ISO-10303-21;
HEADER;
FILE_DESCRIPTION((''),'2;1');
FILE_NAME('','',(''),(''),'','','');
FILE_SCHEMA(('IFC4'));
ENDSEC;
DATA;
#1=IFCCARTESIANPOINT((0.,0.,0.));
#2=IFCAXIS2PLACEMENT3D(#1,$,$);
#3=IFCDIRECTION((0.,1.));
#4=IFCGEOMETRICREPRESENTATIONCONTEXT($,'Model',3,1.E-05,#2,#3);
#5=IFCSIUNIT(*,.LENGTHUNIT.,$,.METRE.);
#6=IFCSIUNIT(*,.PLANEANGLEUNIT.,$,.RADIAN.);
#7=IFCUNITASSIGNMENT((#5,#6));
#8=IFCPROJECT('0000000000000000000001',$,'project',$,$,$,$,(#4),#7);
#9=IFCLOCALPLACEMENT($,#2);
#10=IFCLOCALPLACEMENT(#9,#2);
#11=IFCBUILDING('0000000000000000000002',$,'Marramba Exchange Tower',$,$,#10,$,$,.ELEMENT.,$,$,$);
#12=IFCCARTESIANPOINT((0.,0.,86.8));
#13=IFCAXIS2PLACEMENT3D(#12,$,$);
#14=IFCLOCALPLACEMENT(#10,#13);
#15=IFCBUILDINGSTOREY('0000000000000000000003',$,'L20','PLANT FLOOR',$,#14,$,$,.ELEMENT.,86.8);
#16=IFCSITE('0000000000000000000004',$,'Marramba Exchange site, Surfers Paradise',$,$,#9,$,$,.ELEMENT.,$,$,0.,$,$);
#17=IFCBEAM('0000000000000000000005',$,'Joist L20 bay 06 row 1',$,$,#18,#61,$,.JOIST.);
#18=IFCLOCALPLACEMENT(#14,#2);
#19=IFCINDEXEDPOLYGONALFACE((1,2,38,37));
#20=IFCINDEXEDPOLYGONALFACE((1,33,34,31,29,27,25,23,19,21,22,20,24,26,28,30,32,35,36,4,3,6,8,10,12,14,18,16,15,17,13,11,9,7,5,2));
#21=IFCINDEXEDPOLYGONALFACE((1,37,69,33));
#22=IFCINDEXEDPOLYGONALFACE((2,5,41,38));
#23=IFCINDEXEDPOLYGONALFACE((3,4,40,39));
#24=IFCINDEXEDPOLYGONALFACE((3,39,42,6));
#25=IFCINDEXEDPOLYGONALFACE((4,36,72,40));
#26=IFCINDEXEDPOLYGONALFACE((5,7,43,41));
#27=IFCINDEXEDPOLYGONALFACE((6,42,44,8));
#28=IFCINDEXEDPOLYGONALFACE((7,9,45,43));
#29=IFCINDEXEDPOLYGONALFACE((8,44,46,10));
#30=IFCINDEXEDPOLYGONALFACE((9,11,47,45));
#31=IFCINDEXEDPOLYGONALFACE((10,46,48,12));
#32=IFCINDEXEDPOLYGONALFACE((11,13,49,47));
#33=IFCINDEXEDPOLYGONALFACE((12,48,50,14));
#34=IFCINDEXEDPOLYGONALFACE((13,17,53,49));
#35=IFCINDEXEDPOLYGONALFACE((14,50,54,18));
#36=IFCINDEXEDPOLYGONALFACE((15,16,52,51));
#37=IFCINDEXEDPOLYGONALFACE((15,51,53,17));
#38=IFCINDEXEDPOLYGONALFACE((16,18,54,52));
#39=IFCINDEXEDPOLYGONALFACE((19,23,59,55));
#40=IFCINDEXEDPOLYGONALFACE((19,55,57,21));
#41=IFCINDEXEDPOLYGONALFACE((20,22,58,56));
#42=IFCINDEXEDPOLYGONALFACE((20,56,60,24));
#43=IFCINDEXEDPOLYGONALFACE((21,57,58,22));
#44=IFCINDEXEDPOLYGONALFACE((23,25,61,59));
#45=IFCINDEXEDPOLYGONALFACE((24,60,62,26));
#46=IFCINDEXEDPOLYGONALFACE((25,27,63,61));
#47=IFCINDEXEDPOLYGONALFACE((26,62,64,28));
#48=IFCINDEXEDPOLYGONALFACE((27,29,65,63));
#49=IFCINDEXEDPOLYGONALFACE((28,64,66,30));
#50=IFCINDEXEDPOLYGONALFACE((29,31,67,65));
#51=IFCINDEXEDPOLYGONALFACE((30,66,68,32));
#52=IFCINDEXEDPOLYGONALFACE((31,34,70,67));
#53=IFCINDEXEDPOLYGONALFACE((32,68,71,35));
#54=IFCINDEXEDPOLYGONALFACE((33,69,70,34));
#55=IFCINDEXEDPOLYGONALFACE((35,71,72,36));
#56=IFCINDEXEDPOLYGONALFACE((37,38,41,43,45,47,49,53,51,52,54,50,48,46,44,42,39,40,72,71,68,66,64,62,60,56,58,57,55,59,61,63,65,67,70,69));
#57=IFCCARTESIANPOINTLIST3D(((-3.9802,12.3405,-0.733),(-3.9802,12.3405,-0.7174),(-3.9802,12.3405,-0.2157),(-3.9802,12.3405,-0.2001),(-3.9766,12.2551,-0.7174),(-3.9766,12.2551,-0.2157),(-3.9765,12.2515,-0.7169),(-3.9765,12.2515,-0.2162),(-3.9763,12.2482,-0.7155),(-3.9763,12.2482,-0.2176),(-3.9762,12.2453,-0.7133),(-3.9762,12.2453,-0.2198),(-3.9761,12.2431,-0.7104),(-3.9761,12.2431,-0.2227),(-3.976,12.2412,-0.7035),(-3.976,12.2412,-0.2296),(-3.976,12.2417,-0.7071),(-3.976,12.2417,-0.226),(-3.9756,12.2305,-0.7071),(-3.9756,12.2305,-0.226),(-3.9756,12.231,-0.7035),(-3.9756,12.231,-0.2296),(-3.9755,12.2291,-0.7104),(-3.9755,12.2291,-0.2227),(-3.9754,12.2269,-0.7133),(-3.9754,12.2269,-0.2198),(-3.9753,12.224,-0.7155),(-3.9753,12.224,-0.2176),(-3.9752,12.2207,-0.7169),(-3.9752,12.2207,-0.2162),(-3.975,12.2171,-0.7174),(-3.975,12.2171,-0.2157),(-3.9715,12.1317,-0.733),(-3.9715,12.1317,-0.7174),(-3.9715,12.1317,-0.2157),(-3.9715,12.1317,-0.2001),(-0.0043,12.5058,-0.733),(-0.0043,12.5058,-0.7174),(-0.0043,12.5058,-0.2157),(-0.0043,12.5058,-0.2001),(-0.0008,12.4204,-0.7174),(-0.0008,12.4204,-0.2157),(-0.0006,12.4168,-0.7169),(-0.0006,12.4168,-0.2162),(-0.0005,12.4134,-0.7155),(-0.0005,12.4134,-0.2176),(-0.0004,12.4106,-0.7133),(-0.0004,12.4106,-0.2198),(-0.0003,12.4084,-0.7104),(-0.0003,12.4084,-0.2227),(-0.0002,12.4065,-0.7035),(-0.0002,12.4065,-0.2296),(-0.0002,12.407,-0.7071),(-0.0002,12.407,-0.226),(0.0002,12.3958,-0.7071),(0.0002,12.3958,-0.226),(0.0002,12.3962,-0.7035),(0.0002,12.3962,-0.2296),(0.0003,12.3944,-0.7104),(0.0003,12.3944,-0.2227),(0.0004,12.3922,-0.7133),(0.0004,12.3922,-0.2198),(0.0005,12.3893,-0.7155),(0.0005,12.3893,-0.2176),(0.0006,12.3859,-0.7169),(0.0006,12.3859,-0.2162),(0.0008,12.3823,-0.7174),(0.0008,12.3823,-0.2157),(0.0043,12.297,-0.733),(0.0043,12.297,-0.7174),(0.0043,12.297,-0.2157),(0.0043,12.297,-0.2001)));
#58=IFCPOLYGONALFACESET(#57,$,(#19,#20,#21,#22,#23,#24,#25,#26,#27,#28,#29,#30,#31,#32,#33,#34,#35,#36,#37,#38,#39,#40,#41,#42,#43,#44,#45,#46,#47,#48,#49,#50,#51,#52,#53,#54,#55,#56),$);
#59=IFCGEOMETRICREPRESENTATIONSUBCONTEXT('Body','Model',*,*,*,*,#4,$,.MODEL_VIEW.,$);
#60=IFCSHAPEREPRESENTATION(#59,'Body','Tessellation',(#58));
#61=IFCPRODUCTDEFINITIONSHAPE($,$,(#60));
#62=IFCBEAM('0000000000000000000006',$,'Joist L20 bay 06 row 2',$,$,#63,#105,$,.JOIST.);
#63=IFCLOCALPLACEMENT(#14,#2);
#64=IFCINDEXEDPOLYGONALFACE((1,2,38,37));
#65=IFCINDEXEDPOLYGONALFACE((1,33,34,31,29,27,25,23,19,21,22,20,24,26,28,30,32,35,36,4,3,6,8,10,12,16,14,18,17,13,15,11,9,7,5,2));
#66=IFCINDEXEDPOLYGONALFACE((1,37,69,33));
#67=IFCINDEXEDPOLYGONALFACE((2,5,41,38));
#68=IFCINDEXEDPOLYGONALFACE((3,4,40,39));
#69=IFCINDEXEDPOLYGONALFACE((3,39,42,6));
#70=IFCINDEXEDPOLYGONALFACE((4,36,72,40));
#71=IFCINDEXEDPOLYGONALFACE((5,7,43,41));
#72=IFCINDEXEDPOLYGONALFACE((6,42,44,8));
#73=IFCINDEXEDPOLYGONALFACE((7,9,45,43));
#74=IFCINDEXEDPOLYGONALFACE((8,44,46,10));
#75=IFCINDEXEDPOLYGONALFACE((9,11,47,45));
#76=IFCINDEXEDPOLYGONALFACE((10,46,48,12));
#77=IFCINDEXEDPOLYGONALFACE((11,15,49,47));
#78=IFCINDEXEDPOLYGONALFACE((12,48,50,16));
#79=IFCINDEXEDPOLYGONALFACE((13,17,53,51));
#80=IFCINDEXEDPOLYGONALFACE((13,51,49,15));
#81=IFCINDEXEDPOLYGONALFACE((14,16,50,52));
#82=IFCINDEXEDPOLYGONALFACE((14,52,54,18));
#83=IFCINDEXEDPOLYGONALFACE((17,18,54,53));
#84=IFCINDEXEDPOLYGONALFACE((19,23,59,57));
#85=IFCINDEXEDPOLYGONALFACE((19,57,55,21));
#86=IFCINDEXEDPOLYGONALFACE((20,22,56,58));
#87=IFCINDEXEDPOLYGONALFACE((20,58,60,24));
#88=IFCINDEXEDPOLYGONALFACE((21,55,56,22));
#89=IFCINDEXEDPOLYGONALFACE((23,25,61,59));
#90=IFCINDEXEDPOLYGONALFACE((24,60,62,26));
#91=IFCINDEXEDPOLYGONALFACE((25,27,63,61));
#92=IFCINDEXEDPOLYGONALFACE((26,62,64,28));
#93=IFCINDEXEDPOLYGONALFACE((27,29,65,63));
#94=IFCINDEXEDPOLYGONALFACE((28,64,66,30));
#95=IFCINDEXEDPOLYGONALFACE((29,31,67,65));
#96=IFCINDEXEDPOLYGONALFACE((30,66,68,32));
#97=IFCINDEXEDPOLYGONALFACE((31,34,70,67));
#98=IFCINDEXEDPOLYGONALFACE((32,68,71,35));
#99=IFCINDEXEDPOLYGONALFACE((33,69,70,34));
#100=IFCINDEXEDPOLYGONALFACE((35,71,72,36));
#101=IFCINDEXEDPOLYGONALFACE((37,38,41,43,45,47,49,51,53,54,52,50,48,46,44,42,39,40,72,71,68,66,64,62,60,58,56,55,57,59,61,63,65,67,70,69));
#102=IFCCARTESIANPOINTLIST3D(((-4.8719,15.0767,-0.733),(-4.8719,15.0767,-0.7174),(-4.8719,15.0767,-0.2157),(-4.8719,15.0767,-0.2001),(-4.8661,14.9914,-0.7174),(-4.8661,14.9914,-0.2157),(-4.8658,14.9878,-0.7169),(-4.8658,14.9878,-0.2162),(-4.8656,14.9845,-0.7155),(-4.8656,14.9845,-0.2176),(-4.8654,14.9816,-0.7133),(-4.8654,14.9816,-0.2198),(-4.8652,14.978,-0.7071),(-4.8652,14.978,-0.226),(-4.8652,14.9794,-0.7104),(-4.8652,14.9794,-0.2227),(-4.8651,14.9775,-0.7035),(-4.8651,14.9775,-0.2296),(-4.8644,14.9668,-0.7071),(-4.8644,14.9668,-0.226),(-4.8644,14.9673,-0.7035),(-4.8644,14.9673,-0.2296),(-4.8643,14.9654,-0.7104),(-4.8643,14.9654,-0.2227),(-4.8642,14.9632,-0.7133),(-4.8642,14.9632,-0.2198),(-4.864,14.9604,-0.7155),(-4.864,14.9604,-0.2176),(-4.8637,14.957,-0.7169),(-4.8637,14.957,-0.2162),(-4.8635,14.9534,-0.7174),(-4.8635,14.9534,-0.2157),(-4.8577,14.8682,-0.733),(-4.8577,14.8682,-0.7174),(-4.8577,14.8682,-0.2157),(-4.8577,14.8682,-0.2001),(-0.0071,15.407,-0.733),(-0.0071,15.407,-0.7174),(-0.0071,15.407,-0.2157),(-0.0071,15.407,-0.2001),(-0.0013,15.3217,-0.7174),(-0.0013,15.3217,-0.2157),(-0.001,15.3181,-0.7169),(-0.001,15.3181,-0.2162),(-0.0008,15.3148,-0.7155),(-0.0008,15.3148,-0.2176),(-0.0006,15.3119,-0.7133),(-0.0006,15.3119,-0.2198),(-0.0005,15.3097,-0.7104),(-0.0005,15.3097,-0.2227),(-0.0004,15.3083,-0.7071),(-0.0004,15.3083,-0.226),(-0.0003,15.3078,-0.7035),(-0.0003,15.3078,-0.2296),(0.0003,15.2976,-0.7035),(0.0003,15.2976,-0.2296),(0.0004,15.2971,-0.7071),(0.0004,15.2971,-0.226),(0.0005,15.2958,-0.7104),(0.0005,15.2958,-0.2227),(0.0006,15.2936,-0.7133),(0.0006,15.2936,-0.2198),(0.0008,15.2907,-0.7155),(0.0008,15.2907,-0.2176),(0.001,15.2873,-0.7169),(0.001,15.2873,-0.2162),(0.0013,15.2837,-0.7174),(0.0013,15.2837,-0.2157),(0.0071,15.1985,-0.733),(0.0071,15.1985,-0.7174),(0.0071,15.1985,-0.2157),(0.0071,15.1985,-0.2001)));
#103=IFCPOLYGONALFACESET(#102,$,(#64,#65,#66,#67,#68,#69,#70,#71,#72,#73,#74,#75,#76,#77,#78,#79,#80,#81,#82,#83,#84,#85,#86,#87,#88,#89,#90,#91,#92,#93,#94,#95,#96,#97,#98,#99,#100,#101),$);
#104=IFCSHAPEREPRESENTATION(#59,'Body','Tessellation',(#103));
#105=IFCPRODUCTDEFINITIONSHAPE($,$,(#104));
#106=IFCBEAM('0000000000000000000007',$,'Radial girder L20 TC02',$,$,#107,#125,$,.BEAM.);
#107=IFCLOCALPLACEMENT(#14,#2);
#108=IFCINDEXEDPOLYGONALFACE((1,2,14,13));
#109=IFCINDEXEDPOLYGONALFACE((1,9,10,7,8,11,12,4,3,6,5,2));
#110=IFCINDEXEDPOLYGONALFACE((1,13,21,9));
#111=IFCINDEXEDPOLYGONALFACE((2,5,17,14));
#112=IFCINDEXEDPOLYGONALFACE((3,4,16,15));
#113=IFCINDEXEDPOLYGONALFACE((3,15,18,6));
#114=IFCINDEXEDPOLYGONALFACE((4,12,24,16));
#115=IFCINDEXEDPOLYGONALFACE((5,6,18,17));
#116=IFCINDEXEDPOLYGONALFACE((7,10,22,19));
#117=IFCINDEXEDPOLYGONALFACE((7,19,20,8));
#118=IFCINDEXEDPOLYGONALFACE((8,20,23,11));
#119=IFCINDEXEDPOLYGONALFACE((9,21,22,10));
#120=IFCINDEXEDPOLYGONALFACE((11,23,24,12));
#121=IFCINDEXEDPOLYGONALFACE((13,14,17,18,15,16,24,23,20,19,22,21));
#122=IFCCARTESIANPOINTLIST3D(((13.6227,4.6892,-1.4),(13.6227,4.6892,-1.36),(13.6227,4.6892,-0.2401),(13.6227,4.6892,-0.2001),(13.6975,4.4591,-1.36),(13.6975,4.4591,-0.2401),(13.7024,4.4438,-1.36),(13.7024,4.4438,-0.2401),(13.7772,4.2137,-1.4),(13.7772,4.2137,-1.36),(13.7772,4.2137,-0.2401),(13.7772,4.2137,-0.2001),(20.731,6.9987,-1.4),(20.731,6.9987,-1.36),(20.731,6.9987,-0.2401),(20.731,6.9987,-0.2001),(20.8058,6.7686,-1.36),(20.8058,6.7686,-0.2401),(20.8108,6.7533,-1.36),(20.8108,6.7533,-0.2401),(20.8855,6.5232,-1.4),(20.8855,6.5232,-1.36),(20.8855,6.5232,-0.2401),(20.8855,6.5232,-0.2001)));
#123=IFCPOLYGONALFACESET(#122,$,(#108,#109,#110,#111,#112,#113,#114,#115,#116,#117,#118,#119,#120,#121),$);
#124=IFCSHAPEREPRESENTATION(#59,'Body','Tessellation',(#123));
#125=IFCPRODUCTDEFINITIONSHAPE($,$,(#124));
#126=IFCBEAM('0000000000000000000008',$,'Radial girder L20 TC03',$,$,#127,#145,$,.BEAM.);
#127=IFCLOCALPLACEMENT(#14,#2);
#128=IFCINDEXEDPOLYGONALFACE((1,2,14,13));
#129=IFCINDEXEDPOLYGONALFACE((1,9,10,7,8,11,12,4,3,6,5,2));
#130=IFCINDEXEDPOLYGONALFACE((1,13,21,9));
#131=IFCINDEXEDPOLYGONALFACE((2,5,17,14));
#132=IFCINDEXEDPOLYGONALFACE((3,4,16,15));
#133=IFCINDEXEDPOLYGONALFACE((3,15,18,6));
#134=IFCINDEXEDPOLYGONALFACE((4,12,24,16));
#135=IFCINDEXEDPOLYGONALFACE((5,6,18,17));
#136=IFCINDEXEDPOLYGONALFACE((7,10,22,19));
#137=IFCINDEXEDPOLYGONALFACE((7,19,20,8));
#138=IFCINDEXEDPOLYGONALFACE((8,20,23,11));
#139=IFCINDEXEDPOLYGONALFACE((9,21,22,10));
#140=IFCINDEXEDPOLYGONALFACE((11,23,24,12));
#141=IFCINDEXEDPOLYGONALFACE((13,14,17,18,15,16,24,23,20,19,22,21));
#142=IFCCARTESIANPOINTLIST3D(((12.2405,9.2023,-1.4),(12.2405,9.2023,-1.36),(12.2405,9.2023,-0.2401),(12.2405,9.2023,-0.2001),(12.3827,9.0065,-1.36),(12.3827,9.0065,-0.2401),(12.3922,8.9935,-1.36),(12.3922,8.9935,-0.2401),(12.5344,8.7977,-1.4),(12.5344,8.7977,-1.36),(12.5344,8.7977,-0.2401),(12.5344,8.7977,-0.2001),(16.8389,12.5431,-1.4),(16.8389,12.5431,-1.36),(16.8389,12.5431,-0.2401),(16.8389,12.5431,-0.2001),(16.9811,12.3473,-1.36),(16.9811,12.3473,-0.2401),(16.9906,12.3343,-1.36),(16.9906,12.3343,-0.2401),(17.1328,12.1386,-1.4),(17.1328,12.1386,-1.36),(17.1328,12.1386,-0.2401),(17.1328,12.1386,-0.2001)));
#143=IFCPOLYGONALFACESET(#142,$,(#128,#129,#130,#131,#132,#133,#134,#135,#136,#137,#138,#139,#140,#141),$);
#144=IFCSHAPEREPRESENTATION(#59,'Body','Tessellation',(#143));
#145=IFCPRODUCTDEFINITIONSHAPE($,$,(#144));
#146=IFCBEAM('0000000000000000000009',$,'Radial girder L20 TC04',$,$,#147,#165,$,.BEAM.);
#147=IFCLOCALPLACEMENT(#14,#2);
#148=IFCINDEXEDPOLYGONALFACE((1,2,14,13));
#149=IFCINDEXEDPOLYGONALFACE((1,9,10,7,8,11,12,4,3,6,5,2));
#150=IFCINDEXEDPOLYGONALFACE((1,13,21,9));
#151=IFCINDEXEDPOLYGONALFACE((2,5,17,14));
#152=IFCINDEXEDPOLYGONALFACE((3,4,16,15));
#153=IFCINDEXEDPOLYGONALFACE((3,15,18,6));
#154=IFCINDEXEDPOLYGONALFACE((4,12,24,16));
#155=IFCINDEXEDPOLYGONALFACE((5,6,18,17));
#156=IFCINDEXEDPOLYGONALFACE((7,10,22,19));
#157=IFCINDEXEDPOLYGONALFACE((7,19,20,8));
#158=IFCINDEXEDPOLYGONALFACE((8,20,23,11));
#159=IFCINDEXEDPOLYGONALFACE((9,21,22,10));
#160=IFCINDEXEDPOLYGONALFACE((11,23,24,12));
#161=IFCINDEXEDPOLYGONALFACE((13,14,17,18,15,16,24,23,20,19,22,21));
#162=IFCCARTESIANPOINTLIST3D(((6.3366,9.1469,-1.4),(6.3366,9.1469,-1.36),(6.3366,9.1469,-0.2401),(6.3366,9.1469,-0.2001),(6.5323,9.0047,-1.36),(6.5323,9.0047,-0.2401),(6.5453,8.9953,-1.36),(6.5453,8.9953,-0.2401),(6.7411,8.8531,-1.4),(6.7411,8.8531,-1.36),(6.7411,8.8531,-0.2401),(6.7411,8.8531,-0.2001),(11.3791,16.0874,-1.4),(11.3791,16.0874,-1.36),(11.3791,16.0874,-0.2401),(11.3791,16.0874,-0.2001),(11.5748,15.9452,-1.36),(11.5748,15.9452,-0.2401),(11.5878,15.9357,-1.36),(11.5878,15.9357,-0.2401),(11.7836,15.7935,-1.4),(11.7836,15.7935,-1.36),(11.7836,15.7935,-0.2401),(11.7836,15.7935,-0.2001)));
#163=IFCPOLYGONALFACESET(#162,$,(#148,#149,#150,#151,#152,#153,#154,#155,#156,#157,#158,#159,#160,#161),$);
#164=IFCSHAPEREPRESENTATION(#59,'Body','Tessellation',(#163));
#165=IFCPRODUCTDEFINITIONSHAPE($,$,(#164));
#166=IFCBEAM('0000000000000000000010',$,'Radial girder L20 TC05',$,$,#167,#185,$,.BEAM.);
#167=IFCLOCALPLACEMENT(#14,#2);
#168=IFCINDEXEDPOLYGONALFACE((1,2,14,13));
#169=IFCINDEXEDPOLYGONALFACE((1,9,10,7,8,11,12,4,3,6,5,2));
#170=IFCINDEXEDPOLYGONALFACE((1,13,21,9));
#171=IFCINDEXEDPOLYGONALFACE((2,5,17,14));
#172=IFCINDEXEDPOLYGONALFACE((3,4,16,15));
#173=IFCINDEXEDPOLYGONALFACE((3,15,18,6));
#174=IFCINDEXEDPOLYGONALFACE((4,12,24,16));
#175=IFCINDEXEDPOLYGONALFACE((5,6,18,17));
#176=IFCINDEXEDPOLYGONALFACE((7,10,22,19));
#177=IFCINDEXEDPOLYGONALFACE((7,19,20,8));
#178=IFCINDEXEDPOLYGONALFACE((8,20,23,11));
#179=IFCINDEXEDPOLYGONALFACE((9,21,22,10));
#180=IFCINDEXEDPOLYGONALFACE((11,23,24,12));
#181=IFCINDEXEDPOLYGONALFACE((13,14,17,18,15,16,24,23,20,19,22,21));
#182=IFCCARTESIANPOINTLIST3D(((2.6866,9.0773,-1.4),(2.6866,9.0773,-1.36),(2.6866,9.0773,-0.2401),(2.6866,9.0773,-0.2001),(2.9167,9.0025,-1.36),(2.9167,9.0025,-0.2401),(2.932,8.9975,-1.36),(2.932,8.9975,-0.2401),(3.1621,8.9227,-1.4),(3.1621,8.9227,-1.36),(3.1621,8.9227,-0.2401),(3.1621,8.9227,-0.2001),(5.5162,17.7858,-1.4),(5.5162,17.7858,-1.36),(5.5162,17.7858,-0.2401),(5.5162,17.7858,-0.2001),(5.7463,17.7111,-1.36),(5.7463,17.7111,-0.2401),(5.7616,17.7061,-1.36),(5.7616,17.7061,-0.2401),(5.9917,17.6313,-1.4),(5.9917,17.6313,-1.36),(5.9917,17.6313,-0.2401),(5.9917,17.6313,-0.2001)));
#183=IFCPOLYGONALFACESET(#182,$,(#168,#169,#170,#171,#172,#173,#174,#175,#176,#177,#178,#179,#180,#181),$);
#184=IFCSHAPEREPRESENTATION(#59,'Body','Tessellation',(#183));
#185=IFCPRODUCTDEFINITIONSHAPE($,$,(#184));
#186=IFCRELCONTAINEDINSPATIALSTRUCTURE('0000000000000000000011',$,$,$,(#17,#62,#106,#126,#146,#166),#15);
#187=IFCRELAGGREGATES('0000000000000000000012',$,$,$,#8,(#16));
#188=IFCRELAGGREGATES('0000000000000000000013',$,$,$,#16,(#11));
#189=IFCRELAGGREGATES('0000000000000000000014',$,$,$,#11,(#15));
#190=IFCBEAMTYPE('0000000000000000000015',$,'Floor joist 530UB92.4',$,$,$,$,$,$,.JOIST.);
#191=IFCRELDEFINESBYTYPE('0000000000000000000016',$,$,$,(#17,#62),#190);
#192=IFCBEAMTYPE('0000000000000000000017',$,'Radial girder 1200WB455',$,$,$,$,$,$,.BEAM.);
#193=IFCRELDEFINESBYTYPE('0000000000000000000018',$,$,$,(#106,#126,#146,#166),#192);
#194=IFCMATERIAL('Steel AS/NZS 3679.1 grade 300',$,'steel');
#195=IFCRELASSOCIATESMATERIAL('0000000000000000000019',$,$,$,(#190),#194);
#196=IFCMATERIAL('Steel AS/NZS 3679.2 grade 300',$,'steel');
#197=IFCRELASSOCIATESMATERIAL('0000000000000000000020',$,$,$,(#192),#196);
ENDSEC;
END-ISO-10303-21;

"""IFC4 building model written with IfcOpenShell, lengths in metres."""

from ifc_helpers import new_model, si_unit, direction, frame, origin, origin_2d, place, context, subcontext, project, spatial, i_section, extrude, material, material_profile, profile_set, type_object, element, save


model = new_model("IFC4")

# Units and contexts
model_context = context("Model", 3, precision=1e-05, world=origin(), true_north=direction((0.0, 1.0)))
body_context = subcontext(model_context, "Body", "Model", "MODEL_VIEW")
ifc_project = project(units=[si_unit("LENGTHUNIT", "METRE"), si_unit("PLANEANGLEUNIT", "RADIAN")], contexts=[model_context])

# Site, building, storey
site_placement = place(None, origin())
site = spatial("IfcSite", under=ifc_project, at=site_placement, Name="Marramba Exchange site, Surfers Paradise", CompositionType="ELEMENT", RefElevation=0.0)
building_placement = place(site_placement, origin())
building = spatial("IfcBuilding", under=site, at=building_placement, Name="Marramba Exchange Tower", CompositionType="ELEMENT")
storey_placement = place(building_placement, frame((0.0, 0.0, 86.8)))
storey = spatial("IfcBuildingStorey", under=building, at=storey_placement, Name="L20", Description="PLANT FLOOR", CompositionType="ELEMENT", Elevation=86.8)

# Beams
ifc_material_1 = material(Name="Steel AS/NZS 3679.1 grade 300", Category="steel")
ifc_material_profile_1 = material_profile(ifc_material_1, i_section(OverallWidth=0.209, OverallDepth=0.533, WebThickness=0.0103, FlangeThickness=0.0156, FilletRadius=0.0139, at=origin_2d()), Name="530UB92.4")
ifc_profile_set_1 = profile_set([ifc_material_profile_1], Name="Steel AS/NZS 3679.1 grade 300")
beam_type_1 = type_object("IfcBeamType", Name="Floor joist 530UB92.4", PredefinedType="JOIST", material=ifc_profile_set_1)
beam_1_placement = place(storey_placement, frame((0.0, 12.4014, -0.4666), z_axis=(-0.999137, -0.041536, 0.0), x_axis=(0.041536, -0.999137, 0.0)))
element("IfcBeam", 1, at=beam_1_placement, inside=storey, type_object=beam_type_1, Name="Joist L20 bay 06 row 1", PredefinedType="JOIST", context=body_context, shape_type="SweptSolid", body=[
    extrude(i_section(OverallWidth=0.209, OverallDepth=0.533, WebThickness=0.0103, FlangeThickness=0.0156, FilletRadius=0.0139, at=origin_2d()), origin(), (0.0, 0.0, 1.0), 3.9792),
])
beam_2_placement = place(storey_placement, frame((0.0, 15.3027, -0.4666), z_axis=(-0.997703, -0.067745, 0.0), x_axis=(0.067745, -0.997703, 0.0)))
element("IfcBeam", 2, at=beam_2_placement, inside=storey, type_object=beam_type_1, Name="Joist L20 bay 06 row 2", PredefinedType="JOIST", context=body_context, shape_type="SweptSolid", body=[
    extrude(i_section(OverallWidth=0.209, OverallDepth=0.533, WebThickness=0.0103, FlangeThickness=0.0156, FilletRadius=0.0139, at=origin_2d()), origin(), (0.0, 0.0, 1.0), 4.876),
])
ifc_material_2 = material(Name="Steel AS/NZS 3679.2 grade 300", Category="steel")
ifc_material_profile_2 = material_profile(ifc_material_2, i_section(OverallWidth=0.5, OverallDepth=1.2, WebThickness=0.0161, FlangeThickness=0.04, at=origin_2d()), Name="1200WB455")
ifc_profile_set_2 = profile_set([ifc_material_profile_2], Name="Steel AS/NZS 3679.2 grade 300")
beam_type_2 = type_object("IfcBeamType", Name="Radial girder 1200WB455", PredefinedType="BEAM", material=ifc_profile_set_2)
beam_3_placement = place(storey_placement, frame((13.7, 4.4514, -0.8), z_axis=(0.95106, 0.309006, 0.0), x_axis=(-0.309006, 0.95106, 0.0)))
element("IfcBeam", 3, at=beam_3_placement, inside=storey, type_object=beam_type_2, Name="Radial girder L20 TC02", PredefinedType="BEAM", context=body_context, shape_type="SweptSolid", body=[
    extrude(i_section(OverallWidth=0.5, OverallDepth=1.2, WebThickness=0.0161, FlangeThickness=0.04, at=origin_2d()), origin(), (0.0, 0.0, 1.0), 7.4741),
])
beam_4_placement = place(storey_placement, frame((12.3875, 9.0, -0.8), z_axis=(0.809026, 0.587773, 0.0), x_axis=(-0.587773, 0.809026, 0.0)))
element("IfcBeam", 4, at=beam_4_placement, inside=storey, type_object=beam_type_2, Name="Radial girder L20 TC03", PredefinedType="BEAM", context=body_context, shape_type="SweptSolid", body=[
    extrude(i_section(OverallWidth=0.5, OverallDepth=1.2, WebThickness=0.0161, FlangeThickness=0.04, at=origin_2d()), origin(), (0.0, 0.0, 1.0), 5.6838),
])
beam_5_placement = place(storey_placement, frame((6.5388, 9.0, -0.8), z_axis=(0.587782, 0.809019, 0.0), x_axis=(-0.809019, 0.587782, 0.0)))
element("IfcBeam", 5, at=beam_5_placement, inside=storey, type_object=beam_type_2, Name="Radial girder L20 TC04", PredefinedType="BEAM", context=body_context, shape_type="SweptSolid", body=[
    extrude(i_section(OverallWidth=0.5, OverallDepth=1.2, WebThickness=0.0161, FlangeThickness=0.04, at=origin_2d()), origin(), (0.0, 0.0, 1.0), 8.5789),
])
beam_6_placement = place(storey_placement, frame((2.9243, 9.0, -0.8), z_axis=(0.30902, 0.951056, 0.0), x_axis=(-0.951056, 0.30902, 0.0)))
element("IfcBeam", 6, at=beam_6_placement, inside=storey, type_object=beam_type_2, Name="Radial girder L20 TC05", PredefinedType="BEAM", context=body_context, shape_type="SweptSolid", body=[
    extrude(i_section(OverallWidth=0.5, OverallDepth=1.2, WebThickness=0.0161, FlangeThickness=0.04, at=origin_2d()), origin(), (0.0, 0.0, 1.0), 9.1567),
])

save(model, "model.ifc")
